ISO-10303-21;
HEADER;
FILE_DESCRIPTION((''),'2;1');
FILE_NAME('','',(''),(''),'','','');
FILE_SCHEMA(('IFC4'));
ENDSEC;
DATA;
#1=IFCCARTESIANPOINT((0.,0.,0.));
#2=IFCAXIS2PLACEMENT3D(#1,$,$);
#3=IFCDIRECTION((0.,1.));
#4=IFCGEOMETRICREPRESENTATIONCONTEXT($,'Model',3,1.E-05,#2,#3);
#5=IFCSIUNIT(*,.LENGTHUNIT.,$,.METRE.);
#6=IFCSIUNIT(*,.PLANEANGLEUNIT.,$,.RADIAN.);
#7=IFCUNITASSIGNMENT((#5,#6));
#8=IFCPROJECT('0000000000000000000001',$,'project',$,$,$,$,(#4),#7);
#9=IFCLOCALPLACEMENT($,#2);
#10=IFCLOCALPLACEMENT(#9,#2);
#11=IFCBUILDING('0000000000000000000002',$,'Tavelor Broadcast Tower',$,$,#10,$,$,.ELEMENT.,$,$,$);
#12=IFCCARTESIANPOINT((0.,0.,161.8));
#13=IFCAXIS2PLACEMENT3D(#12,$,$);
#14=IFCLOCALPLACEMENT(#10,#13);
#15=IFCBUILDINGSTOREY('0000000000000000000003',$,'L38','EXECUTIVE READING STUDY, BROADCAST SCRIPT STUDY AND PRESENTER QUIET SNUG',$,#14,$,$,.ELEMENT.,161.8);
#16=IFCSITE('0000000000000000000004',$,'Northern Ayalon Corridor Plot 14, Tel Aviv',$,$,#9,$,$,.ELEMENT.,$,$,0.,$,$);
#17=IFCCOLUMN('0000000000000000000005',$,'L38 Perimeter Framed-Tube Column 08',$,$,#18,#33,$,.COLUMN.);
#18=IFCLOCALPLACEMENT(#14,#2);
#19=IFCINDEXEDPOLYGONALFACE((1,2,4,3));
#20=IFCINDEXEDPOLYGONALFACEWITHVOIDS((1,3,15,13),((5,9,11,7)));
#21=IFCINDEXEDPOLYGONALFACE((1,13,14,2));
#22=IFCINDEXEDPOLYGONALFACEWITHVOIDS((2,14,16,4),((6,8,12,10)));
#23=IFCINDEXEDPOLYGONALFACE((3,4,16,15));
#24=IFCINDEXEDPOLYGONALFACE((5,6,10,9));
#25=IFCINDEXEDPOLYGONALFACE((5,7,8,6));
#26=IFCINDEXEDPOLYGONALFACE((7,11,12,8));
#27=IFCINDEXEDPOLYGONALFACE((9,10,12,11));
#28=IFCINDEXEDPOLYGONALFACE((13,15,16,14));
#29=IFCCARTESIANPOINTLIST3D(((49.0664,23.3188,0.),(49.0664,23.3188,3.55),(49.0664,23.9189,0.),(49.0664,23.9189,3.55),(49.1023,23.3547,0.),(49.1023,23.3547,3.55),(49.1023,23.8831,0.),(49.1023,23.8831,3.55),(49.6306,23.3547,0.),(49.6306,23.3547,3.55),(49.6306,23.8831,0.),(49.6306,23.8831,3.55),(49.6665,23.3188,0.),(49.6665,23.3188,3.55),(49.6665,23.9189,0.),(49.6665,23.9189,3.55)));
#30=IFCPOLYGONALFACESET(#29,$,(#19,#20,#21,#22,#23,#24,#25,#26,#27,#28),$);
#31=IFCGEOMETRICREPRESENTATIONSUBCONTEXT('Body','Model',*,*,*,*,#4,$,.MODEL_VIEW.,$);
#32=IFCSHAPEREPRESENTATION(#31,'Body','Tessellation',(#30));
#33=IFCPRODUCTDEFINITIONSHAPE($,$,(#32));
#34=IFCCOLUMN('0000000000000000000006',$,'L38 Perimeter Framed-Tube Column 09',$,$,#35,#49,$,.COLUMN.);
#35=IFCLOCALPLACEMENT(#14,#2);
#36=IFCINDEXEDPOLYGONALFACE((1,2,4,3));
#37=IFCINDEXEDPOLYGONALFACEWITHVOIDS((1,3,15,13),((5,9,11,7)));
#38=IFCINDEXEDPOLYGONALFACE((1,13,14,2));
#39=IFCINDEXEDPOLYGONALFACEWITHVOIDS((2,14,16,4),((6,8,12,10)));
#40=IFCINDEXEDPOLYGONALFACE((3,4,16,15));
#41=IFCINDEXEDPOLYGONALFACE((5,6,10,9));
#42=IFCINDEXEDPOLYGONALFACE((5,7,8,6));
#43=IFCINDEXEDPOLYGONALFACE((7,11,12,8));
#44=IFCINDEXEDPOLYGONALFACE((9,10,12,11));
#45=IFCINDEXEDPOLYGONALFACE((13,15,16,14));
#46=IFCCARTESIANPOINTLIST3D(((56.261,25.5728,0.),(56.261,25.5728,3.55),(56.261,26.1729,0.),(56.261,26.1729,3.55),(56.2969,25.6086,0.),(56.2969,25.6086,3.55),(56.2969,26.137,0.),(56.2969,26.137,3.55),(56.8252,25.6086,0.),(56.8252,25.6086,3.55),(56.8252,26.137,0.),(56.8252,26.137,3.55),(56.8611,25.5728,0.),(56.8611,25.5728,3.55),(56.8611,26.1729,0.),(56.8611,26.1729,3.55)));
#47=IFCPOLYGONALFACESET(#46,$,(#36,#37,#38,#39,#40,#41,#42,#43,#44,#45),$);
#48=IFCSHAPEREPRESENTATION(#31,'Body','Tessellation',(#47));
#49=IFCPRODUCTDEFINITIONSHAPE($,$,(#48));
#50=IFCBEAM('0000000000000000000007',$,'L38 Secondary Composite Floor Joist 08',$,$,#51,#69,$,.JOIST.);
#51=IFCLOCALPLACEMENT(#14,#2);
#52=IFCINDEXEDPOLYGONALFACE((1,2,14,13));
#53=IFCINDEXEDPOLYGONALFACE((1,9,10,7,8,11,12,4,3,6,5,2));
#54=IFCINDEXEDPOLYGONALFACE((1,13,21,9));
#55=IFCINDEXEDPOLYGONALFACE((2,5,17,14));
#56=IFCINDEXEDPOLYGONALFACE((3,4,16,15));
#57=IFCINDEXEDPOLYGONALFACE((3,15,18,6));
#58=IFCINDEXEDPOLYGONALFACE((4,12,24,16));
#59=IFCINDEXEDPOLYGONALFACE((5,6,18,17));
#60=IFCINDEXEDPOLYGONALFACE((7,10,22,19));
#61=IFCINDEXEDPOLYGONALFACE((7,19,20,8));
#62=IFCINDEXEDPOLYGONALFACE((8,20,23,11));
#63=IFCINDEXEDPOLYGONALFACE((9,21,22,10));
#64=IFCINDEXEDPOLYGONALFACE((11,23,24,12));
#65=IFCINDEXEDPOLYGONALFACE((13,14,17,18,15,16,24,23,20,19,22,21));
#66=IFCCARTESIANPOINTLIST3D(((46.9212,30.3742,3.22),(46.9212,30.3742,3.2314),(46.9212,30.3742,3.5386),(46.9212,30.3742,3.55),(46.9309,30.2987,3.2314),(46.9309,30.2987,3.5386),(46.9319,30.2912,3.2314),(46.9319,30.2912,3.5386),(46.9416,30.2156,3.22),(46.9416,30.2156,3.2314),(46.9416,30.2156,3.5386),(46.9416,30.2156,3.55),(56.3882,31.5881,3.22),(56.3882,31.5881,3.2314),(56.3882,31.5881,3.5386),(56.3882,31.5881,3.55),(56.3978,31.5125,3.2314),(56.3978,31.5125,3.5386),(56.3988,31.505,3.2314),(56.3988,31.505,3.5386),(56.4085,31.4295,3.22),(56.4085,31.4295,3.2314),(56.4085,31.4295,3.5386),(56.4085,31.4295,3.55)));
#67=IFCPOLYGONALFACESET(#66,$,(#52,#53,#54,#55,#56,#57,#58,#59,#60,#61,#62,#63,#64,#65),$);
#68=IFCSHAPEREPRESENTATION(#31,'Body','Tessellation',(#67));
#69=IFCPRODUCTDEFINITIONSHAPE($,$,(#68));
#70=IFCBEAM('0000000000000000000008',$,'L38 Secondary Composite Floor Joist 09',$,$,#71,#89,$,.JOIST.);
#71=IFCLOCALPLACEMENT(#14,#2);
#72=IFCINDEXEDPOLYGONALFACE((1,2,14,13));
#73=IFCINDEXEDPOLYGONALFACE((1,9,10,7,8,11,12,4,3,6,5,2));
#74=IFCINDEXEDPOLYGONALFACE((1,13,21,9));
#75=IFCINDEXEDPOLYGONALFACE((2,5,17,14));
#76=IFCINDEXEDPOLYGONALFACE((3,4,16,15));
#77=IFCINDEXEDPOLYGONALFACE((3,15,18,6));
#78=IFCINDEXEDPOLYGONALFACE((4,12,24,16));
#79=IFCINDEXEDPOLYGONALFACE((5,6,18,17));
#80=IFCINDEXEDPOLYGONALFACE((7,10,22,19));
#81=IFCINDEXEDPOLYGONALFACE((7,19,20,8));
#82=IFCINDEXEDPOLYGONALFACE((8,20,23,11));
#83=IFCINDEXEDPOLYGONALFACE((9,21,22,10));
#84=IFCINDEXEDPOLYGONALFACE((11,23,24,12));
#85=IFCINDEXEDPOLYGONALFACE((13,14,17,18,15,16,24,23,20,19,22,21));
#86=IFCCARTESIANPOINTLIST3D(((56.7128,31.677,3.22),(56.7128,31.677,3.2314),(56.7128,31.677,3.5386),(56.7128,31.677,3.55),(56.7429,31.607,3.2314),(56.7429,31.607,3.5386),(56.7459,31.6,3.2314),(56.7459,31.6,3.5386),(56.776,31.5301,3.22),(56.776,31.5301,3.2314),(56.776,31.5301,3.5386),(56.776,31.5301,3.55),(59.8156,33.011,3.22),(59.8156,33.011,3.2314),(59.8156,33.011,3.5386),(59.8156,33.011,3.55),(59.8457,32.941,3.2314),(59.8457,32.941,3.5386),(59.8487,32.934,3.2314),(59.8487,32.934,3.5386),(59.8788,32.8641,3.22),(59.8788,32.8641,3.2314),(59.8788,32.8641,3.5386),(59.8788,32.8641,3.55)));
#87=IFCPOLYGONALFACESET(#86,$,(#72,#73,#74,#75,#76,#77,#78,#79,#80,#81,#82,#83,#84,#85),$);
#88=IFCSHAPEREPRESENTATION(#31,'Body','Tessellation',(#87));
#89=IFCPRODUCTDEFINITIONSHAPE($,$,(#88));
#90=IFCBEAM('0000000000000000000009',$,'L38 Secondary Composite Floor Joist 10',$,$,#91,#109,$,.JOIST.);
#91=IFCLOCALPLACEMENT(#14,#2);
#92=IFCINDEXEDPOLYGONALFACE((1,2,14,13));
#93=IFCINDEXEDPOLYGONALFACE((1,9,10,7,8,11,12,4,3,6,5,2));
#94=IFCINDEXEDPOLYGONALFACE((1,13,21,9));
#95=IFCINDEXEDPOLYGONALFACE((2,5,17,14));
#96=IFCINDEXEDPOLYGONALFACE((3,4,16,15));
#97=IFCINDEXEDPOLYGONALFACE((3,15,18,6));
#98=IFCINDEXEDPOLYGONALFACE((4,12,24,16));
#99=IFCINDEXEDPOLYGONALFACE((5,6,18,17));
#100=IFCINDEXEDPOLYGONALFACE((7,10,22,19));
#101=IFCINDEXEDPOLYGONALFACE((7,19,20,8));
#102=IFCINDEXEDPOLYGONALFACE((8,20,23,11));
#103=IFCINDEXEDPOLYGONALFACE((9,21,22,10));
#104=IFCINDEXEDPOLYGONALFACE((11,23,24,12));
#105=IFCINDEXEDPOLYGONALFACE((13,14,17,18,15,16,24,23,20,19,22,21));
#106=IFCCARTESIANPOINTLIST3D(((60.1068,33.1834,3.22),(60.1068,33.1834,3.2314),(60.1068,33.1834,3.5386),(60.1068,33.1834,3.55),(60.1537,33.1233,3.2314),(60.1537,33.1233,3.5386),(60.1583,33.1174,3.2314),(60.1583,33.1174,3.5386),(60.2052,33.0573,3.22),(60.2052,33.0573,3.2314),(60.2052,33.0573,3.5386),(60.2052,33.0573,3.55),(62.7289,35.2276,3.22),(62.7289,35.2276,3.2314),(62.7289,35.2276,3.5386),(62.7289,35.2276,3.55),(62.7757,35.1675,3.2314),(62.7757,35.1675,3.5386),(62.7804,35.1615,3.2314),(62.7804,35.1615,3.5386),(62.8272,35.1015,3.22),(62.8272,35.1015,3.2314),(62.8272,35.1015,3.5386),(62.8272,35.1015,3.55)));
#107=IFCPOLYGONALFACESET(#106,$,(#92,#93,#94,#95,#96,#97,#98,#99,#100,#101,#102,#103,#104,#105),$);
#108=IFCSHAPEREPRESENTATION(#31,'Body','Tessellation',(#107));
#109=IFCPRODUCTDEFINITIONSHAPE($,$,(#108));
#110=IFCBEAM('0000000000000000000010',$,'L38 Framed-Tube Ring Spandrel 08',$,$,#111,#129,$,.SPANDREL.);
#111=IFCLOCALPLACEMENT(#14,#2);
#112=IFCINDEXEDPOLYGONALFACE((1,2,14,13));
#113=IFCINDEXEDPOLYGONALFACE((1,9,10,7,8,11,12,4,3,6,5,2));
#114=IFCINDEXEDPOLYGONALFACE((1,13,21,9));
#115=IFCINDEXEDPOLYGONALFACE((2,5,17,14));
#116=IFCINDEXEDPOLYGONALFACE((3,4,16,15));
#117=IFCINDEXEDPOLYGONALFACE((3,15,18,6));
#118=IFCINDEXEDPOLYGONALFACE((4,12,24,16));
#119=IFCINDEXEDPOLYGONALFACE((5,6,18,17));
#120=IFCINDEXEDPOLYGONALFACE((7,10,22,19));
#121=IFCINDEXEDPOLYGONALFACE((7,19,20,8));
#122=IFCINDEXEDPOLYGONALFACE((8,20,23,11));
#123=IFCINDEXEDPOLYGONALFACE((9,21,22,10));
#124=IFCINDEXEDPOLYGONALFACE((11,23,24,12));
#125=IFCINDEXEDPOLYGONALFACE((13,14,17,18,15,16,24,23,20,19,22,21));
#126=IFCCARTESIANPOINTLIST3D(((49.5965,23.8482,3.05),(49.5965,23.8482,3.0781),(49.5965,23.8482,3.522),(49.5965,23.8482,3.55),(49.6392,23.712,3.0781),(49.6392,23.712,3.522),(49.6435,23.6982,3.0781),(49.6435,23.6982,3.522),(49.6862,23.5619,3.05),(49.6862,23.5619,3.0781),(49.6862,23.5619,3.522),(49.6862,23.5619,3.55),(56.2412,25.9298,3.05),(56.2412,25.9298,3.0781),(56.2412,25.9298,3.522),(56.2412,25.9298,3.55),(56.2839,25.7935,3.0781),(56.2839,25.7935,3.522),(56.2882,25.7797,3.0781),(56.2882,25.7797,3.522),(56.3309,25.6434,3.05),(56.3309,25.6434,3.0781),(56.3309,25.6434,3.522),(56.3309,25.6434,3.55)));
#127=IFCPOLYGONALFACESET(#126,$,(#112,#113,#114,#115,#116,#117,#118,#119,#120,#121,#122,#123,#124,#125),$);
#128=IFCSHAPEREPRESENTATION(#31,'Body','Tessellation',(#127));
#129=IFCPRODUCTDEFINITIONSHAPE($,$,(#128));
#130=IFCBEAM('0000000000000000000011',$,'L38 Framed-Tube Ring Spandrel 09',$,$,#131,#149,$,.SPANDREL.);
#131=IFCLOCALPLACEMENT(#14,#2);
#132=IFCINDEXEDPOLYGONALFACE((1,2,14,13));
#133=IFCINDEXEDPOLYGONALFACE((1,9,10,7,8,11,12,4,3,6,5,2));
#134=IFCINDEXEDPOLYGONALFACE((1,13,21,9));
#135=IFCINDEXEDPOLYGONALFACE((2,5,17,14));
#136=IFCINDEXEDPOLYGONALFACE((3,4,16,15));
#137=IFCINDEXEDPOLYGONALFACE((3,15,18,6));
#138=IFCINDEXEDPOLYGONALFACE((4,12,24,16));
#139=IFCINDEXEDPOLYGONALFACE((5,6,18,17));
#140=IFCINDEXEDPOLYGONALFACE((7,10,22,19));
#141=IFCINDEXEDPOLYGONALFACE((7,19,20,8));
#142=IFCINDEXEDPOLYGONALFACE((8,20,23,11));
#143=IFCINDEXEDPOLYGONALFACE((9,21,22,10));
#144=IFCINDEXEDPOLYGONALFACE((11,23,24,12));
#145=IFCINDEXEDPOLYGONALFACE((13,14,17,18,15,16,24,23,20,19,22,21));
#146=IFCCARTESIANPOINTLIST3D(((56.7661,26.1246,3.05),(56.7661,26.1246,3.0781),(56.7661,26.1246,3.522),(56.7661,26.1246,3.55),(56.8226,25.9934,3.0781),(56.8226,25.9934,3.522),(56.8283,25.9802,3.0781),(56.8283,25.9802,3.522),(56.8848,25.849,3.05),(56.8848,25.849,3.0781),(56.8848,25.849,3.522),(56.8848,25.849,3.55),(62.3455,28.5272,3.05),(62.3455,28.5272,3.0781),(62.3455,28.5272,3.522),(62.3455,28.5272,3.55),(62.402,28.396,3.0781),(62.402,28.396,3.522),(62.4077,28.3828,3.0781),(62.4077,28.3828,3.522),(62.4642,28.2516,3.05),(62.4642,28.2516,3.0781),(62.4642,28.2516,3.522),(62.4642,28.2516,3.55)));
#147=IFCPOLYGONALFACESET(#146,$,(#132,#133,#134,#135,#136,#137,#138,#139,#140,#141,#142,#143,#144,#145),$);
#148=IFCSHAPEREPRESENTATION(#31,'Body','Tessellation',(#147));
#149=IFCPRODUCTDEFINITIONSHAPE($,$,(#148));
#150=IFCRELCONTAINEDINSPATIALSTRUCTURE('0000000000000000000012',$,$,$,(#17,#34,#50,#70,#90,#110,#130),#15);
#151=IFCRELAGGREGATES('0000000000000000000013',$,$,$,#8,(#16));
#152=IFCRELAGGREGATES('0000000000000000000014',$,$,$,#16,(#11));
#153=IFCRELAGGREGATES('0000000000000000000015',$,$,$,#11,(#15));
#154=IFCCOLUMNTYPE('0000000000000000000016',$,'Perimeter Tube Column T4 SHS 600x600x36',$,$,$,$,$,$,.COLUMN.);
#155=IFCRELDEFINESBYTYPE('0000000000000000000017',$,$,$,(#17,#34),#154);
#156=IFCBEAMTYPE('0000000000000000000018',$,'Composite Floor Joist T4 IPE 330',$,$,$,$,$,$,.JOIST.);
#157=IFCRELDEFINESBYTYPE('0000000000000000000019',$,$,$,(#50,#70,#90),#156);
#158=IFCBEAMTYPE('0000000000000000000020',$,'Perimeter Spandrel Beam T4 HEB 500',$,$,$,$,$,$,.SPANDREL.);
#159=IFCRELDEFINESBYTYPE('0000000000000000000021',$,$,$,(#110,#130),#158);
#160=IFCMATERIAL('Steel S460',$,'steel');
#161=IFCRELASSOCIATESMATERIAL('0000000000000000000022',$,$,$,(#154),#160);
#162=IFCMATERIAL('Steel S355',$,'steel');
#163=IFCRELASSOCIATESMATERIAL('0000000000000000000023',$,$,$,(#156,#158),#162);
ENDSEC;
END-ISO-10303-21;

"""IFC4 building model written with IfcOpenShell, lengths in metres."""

from ifc_helpers import new_model, si_unit, direction, frame, origin, origin_2d, place, context, subcontext, project, spatial, hollow_rectangle, i_section, extrude, material, material_profile, profile_set, type_object, element, save


model = new_model("IFC4")

# Units and contexts
model_context = context("Model", 3, precision=1e-05, world=origin(), true_north=direction((0.0, 1.0)))
body_context = subcontext(model_context, "Body", "Model", "MODEL_VIEW")
ifc_project = project(units=[si_unit("LENGTHUNIT", "METRE"), si_unit("PLANEANGLEUNIT", "RADIAN")], contexts=[model_context])

# Site, building, storey
site_placement = place(None, origin())
site = spatial("IfcSite", under=ifc_project, at=site_placement, Name="Northern Ayalon Corridor Plot 14, Tel Aviv", CompositionType="ELEMENT", RefElevation=0.0)
building_placement = place(site_placement, origin())
building = spatial("IfcBuilding", under=site, at=building_placement, Name="Tavelor Broadcast Tower", CompositionType="ELEMENT")
storey_placement = place(building_placement, frame((0.0, 0.0, 161.8)))
storey = spatial("IfcBuildingStorey", under=building, at=storey_placement, Name="L38", Description="EXECUTIVE READING STUDY, BROADCAST SCRIPT STUDY AND PRESENTER QUIET SNUG", CompositionType="ELEMENT", Elevation=161.8)

# Columns
ifc_material_1 = material(Name="Steel S460", Category="steel")
ifc_material_profile_1 = material_profile(ifc_material_1, hollow_rectangle(XDim=0.6001, YDim=0.6001, WallThickness=0.0359, at=origin_2d()), Name="SHS 600x600x36")
ifc_profile_set_1 = profile_set([ifc_material_profile_1], Name="Steel S460")
column_type = type_object("IfcColumnType", Name="Perimeter Tube Column T4 SHS 600x600x36", PredefinedType="COLUMN", material=ifc_profile_set_1)
for number, where, z_axis, x_axis, name in (
    (1, (49.3665, 23.6189, 0.0), (0.0, 0.0, 1.0), (1.0, 0.0, 0.0), "L38 Perimeter Framed-Tube Column 08"),
    (2, (56.561, 25.8728, 0.0), (0.0, 0.0, 1.0), (1.0, 0.0, 0.0), "L38 Perimeter Framed-Tube Column 09"),
):
    element("IfcColumn", number, at=place(storey_placement, frame(where, z_axis=z_axis, x_axis=x_axis)), inside=storey, type_object=column_type, Name=name, PredefinedType="COLUMN", context=body_context, shape_type="SweptSolid", body=[
        extrude(hollow_rectangle(XDim=0.6001, YDim=0.6001, WallThickness=0.0359, at=origin_2d()), origin(), (0.0, 0.0, 1.0), 3.55),
    ])

# Beams
ifc_material_2 = material(Name="Steel S355", Category="steel")
ifc_material_profile_2 = material_profile(ifc_material_2, i_section(OverallWidth=0.1599, OverallDepth=0.3301, WebThickness=0.0076, FlangeThickness=0.0115, at=origin_2d()), Name="IPE 330")
ifc_profile_set_2 = profile_set([ifc_material_profile_2], Name="Steel S355")
beam_type_1 = type_object("IfcBeamType", Name="Composite Floor Joist T4 IPE 330", PredefinedType="JOIST", material=ifc_profile_set_2)
beam_1_placement = place(storey_placement, frame((46.9314, 30.2949, 3.385), z_axis=(0.99188, 0.127179, 0.0), x_axis=(-0.127179, 0.99188, 0.0)))
element("IfcBeam", 3, at=beam_1_placement, inside=storey, type_object=beam_type_1, Name="L38 Secondary Composite Floor Joist 08", PredefinedType="JOIST", context=body_context, shape_type="SweptSolid", body=[
    extrude(i_section(OverallWidth=0.1599, OverallDepth=0.3301, WebThickness=0.0076, FlangeThickness=0.0115, at=origin_2d()), origin(), (0.0, 0.0, 1.0), 9.5444),
])
beam_2_placement = place(storey_placement, frame((56.7444, 31.6035, 3.385), z_axis=(0.918692, 0.394975, 0.0), x_axis=(-0.394975, 0.918692, 0.0)))
element("IfcBeam", 4, at=beam_2_placement, inside=storey, type_object=beam_type_1, Name="L38 Secondary Composite Floor Joist 09", PredefinedType="JOIST", context=body_context, shape_type="SweptSolid", body=[
    extrude(i_section(OverallWidth=0.1599, OverallDepth=0.3301, WebThickness=0.0076, FlangeThickness=0.0115, at=origin_2d()), origin(), (0.0, 0.0, 1.0), 3.3774),
])
beam_3_placement = place(storey_placement, frame((60.156, 33.1204, 3.385), z_axis=(0.788652, 0.61484, 0.0), x_axis=(-0.61484, 0.788652, 0.0)))
element("IfcBeam", 5, at=beam_3_placement, inside=storey, type_object=beam_type_1, Name="L38 Secondary Composite Floor Joist 10", PredefinedType="JOIST", context=body_context, shape_type="SweptSolid", body=[
    extrude(i_section(OverallWidth=0.1599, OverallDepth=0.3301, WebThickness=0.0076, FlangeThickness=0.0115, at=origin_2d()), origin(), (0.0, 0.0, 1.0), 3.3247),
])
ifc_material_profile_3 = material_profile(ifc_material_2, i_section(OverallWidth=0.3, OverallDepth=0.5, WebThickness=0.0144, FlangeThickness=0.0281, at=origin_2d()), Name="HEB 500")
ifc_profile_set_3 = profile_set([ifc_material_profile_3], Name="Steel S355")
beam_type_2 = type_object("IfcBeamType", Name="Perimeter Spandrel Beam T4 HEB 500", PredefinedType="SPANDREL", material=ifc_profile_set_3)
beam_4_placement = place(storey_placement, frame((49.6414, 23.7051, 3.3), z_axis=(0.954273, 0.298936, 0.0), x_axis=(-0.298936, 0.954273, 0.0)))
element("IfcBeam", 6, at=beam_4_placement, inside=storey, type_object=beam_type_2, Name="L38 Framed-Tube Ring Spandrel 08", PredefinedType="SPANDREL", context=body_context, shape_type="SweptSolid", body=[
    extrude(i_section(OverallWidth=0.3, OverallDepth=0.5, WebThickness=0.0144, FlangeThickness=0.0281, at=origin_2d()), origin(), (0.0, 0.0, 1.0), 6.9631),
])
beam_5_placement = place(storey_placement, frame((56.8254, 25.9868, 3.3), z_axis=(0.918462, 0.39551, 0.0), x_axis=(-0.39551, 0.918462, 0.0)))
element("IfcBeam", 7, at=beam_5_placement, inside=storey, type_object=beam_type_2, Name="L38 Framed-Tube Ring Spandrel 09", PredefinedType="SPANDREL", context=body_context, shape_type="SweptSolid", body=[
    extrude(i_section(OverallWidth=0.3, OverallDepth=0.5, WebThickness=0.0144, FlangeThickness=0.0281, at=origin_2d()), origin(), (0.0, 0.0, 1.0), 6.0747),
])

save(model, "model.ifc")
